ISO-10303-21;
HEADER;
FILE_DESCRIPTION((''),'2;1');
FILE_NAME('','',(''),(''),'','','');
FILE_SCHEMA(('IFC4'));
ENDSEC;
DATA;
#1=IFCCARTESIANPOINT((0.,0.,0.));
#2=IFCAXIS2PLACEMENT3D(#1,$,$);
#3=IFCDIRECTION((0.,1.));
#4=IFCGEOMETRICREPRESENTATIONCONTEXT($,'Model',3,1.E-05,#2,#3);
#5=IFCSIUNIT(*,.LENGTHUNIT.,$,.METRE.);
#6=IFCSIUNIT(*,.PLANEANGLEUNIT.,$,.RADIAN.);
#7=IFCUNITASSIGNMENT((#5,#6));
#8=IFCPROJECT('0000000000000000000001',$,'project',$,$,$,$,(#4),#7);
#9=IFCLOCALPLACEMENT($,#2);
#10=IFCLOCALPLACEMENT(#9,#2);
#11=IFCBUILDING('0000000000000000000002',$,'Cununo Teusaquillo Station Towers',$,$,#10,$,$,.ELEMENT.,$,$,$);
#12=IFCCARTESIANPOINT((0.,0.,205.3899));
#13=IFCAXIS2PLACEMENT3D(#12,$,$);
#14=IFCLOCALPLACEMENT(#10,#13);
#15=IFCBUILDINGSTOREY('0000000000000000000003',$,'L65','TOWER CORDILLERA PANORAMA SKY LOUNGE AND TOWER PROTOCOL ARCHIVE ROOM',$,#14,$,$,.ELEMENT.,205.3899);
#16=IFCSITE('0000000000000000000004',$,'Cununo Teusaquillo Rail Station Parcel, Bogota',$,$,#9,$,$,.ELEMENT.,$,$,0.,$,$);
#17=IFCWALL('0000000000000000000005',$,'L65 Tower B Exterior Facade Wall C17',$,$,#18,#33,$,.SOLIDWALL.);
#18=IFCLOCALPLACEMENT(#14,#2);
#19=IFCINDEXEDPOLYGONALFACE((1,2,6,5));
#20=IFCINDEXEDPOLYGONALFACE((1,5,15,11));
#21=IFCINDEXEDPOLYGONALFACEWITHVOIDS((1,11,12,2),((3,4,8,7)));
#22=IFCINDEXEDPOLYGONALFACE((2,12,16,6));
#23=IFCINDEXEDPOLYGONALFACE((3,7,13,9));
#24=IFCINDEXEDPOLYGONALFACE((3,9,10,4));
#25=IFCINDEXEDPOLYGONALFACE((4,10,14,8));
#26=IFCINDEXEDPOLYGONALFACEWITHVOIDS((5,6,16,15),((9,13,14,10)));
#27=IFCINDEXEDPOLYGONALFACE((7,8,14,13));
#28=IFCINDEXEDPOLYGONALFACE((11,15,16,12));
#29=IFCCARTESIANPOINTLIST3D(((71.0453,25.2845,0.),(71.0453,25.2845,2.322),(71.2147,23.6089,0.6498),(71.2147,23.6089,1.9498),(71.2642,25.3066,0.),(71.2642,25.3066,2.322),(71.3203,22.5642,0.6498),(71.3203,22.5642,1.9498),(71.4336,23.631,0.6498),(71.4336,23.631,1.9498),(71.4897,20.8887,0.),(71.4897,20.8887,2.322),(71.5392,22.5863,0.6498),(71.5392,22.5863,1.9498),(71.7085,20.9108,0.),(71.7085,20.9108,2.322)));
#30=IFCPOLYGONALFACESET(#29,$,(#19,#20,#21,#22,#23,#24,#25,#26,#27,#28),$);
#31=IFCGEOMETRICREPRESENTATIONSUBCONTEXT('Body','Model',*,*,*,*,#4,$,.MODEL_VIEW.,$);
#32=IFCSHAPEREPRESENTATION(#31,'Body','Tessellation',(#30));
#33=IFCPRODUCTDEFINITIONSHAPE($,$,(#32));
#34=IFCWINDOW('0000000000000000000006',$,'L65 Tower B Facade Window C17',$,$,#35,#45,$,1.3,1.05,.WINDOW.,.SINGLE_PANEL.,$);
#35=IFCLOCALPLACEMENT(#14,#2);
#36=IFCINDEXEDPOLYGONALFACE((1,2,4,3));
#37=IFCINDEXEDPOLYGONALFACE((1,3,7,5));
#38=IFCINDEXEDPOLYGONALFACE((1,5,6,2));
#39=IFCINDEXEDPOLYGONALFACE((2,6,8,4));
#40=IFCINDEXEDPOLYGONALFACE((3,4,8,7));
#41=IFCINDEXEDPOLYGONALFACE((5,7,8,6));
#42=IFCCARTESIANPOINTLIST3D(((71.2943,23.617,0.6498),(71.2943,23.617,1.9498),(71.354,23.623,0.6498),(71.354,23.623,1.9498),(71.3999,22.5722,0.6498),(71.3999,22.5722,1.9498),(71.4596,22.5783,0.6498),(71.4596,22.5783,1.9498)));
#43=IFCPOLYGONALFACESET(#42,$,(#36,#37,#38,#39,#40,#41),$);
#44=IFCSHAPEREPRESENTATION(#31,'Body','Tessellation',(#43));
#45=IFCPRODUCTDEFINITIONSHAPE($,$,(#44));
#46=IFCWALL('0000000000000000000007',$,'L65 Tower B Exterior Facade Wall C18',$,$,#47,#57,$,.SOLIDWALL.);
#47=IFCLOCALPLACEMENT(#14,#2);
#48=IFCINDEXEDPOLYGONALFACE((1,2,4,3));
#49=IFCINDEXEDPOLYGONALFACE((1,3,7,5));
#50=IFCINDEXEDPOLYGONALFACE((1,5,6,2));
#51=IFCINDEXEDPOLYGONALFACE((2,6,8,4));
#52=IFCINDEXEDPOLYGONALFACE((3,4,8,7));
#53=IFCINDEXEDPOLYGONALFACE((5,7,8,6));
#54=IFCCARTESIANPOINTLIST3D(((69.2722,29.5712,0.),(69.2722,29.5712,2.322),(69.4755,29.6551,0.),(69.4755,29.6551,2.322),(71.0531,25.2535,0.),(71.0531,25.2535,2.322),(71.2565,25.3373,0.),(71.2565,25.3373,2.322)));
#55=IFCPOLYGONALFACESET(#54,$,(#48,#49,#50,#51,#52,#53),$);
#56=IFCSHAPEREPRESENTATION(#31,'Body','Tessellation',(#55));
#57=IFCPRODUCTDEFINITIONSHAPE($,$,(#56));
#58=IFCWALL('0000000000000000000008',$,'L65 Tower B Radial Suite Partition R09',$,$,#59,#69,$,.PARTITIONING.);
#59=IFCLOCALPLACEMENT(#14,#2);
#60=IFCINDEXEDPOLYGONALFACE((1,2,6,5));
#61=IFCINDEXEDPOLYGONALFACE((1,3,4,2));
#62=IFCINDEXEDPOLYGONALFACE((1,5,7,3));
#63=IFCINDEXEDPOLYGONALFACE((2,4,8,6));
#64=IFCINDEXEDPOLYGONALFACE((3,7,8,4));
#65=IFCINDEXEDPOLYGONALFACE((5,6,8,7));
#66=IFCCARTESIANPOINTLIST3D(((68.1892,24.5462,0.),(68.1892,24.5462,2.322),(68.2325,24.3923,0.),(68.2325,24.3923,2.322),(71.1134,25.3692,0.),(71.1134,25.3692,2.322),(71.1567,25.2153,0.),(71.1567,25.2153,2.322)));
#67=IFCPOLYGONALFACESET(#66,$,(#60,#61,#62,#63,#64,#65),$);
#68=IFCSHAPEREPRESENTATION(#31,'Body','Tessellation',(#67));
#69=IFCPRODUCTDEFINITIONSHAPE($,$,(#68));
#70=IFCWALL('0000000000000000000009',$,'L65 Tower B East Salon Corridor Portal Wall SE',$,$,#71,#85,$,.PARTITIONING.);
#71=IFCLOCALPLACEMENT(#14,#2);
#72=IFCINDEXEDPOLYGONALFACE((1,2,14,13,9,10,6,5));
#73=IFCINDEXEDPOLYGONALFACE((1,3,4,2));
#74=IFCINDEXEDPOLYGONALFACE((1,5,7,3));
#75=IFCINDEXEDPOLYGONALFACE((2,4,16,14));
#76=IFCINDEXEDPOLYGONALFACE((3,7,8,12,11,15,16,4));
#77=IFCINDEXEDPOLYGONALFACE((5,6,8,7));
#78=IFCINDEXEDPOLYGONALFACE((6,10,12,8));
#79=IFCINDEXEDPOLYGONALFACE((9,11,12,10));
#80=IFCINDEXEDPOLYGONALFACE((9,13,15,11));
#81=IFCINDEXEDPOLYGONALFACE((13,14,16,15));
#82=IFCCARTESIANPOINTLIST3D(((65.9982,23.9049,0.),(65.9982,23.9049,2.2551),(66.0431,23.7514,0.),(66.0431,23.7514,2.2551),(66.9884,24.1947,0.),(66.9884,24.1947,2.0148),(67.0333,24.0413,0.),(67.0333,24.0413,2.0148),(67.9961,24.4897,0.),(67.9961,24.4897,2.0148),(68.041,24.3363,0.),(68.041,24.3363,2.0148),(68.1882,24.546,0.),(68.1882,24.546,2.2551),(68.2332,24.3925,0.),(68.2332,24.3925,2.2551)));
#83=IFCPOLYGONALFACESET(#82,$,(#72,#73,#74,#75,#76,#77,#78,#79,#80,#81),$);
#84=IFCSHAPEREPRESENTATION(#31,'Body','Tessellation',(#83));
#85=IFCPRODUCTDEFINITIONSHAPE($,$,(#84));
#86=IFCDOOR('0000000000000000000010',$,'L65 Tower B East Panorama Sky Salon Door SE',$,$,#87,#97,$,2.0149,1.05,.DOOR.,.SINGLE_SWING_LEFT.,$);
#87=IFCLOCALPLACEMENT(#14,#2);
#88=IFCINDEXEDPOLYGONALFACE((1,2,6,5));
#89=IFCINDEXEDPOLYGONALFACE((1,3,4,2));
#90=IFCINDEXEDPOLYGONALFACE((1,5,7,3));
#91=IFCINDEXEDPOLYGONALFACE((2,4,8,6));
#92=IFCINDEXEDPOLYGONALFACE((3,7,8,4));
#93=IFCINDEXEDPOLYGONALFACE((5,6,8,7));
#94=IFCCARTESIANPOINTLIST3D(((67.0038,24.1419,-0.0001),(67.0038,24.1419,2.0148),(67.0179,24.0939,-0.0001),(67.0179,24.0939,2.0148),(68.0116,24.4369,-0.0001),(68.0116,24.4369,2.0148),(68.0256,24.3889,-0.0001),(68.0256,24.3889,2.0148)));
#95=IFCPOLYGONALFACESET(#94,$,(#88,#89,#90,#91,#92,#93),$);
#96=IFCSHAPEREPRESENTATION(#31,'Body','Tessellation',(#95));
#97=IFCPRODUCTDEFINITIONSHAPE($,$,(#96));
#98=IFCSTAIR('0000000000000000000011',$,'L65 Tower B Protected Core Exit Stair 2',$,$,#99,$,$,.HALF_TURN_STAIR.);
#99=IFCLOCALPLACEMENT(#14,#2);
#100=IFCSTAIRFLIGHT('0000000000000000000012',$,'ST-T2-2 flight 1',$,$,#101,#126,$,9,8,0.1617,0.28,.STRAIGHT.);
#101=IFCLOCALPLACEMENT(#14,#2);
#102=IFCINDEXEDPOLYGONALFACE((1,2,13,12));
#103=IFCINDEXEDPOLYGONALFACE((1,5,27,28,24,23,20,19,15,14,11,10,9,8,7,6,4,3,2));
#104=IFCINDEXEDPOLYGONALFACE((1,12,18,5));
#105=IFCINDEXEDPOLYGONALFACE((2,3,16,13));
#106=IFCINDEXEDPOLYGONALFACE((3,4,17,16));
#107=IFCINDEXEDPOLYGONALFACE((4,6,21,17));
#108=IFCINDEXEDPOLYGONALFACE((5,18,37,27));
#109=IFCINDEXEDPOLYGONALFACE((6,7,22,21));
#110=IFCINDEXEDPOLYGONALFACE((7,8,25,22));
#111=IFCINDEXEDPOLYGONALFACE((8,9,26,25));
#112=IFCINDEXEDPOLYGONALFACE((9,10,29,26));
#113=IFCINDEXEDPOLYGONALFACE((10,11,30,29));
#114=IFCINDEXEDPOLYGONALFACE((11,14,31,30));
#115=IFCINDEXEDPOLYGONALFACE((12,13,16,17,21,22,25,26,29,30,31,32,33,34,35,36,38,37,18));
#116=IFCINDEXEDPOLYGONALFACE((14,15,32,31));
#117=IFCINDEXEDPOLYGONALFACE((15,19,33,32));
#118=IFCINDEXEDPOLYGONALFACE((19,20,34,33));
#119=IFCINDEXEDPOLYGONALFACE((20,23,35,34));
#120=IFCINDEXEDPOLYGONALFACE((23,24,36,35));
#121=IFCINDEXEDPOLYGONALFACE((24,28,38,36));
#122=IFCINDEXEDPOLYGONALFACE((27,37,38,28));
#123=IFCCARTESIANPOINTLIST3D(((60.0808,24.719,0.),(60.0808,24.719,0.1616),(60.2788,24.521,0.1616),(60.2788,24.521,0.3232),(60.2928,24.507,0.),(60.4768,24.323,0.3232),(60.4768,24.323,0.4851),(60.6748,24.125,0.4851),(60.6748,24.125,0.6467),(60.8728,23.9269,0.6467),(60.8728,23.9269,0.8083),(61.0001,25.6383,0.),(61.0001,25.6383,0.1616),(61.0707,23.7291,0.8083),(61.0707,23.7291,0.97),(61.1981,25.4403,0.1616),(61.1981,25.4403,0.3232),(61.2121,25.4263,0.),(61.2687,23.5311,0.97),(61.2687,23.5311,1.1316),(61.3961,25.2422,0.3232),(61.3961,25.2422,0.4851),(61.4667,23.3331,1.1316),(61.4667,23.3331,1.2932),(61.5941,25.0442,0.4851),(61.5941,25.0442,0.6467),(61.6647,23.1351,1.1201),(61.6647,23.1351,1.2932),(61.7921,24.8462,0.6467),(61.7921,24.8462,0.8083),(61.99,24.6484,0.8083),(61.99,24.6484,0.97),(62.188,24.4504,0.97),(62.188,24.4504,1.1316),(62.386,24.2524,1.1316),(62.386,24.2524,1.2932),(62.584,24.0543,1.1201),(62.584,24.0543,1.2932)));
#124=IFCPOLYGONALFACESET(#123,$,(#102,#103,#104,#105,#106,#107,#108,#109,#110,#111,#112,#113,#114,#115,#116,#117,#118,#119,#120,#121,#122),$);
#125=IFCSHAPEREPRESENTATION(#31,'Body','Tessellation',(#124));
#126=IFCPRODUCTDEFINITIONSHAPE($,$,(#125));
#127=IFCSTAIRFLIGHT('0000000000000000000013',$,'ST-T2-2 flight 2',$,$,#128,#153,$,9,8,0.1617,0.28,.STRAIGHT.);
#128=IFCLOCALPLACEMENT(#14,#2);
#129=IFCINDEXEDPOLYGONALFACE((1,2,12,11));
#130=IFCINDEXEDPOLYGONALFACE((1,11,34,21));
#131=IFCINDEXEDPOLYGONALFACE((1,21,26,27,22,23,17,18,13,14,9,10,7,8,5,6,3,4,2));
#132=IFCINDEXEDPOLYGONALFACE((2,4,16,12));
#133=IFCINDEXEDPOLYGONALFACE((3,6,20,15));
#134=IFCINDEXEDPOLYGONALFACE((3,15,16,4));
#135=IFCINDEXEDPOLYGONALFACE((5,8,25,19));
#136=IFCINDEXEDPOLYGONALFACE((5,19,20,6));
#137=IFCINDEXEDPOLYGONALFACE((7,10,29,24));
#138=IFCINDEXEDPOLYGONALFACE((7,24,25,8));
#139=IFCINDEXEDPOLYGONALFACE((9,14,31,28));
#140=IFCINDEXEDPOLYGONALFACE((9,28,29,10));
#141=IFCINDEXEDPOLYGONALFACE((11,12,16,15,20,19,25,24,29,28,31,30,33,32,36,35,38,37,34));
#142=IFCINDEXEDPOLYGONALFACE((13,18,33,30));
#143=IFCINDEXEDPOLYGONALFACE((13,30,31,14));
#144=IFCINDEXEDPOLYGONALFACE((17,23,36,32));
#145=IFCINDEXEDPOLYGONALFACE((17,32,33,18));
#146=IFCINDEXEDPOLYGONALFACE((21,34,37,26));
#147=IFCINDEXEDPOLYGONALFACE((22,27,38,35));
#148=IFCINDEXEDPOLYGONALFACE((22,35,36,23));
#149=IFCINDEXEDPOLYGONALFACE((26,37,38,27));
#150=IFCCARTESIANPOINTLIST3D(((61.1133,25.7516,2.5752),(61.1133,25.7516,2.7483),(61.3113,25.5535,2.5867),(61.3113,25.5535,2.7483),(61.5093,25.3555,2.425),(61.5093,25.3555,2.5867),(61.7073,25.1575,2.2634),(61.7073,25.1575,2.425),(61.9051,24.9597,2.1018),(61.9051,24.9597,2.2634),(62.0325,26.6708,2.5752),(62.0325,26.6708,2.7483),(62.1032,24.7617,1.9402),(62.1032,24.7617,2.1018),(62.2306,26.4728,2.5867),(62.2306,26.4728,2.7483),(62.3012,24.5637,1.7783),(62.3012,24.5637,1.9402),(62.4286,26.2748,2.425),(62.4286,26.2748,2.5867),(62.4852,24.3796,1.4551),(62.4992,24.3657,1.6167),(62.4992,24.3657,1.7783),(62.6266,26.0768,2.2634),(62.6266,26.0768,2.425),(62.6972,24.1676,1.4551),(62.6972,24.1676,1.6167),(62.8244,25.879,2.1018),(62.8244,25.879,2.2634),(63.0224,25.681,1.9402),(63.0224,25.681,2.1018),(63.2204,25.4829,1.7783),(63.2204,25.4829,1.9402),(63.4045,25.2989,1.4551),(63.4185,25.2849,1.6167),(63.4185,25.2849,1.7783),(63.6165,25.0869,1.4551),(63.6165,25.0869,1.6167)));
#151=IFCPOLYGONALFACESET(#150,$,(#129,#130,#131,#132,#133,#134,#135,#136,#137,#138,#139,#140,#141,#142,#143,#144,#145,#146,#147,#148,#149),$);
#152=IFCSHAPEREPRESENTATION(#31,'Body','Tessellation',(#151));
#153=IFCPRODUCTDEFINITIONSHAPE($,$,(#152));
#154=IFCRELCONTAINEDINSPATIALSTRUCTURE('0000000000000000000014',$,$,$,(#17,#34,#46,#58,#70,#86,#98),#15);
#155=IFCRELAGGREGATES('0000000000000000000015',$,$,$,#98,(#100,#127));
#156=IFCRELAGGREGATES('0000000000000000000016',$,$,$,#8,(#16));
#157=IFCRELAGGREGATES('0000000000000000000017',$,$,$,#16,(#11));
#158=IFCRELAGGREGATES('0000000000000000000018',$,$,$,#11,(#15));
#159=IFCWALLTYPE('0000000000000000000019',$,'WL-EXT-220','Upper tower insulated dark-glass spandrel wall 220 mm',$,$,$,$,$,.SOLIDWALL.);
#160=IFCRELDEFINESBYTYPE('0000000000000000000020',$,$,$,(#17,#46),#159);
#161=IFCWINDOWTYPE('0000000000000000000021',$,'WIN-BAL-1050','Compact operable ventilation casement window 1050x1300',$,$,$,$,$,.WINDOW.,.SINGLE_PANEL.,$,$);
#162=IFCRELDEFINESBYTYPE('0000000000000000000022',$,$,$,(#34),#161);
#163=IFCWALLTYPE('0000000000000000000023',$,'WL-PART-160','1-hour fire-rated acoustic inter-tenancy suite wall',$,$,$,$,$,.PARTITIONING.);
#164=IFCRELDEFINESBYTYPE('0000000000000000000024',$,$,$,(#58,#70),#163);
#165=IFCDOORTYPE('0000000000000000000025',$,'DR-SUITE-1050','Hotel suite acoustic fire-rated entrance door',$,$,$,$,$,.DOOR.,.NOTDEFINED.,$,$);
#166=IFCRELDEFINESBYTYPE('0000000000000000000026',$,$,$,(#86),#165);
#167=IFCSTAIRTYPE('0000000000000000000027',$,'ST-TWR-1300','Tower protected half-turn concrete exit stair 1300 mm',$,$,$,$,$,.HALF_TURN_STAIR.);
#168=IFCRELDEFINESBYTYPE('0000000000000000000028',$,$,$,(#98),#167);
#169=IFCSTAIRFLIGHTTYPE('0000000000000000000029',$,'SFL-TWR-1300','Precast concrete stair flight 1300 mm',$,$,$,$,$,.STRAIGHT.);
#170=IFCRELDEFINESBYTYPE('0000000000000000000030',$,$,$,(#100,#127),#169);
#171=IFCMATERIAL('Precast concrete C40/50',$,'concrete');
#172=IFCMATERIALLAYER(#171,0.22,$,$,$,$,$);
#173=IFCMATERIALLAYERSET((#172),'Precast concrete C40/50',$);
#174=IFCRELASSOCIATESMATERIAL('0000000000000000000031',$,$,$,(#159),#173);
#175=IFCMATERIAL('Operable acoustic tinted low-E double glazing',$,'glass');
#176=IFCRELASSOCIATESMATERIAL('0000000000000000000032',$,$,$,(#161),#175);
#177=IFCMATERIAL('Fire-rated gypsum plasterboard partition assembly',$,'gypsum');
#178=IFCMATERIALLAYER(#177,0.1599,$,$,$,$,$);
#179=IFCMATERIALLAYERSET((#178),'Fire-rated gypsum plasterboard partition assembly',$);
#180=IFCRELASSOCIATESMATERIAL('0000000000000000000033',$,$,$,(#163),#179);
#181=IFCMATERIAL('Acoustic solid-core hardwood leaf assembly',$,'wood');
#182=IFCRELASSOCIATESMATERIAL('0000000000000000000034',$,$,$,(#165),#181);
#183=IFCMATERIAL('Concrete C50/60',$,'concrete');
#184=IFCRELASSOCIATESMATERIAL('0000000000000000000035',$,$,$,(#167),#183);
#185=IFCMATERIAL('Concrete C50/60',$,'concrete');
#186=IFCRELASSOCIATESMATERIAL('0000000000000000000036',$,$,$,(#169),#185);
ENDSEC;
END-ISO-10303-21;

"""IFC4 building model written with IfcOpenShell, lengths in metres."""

from ifc_helpers import new_model, si_unit, direction, frame, frame_2d, origin, place, context, subcontext, project, spatial, polyline, rectangle, outline, extrude, source, transform, mapped, material, layer, layer_set, type_object, element, fill, aggregate, save


model = new_model("IFC4")

# Units and contexts
model_context = context("Model", 3, precision=1e-05, world=origin(), true_north=direction((0.0, 1.0)))
body_context = subcontext(model_context, "Body", "Model", "MODEL_VIEW")
ifc_project = project(units=[si_unit("LENGTHUNIT", "METRE"), si_unit("PLANEANGLEUNIT", "RADIAN")], contexts=[model_context])

# Site, building, storey
site_placement = place(None, origin())
site = spatial("IfcSite", under=ifc_project, at=site_placement, Name="Cununo Teusaquillo Rail Station Parcel, Bogota", CompositionType="ELEMENT", RefElevation=0.0)
building_placement = place(site_placement, origin())
building = spatial("IfcBuilding", under=site, at=building_placement, Name="Cununo Teusaquillo Station Towers", CompositionType="ELEMENT")
storey_placement = place(building_placement, frame((0.0, 0.0, 205.3899)))
storey = spatial("IfcBuildingStorey", under=building, at=storey_placement, Name="L65", Description="TOWER CORDILLERA PANORAMA SKY LOUNGE AND TOWER PROTOCOL ARCHIVE ROOM", CompositionType="ELEMENT", Elevation=205.3899)

# Wall, opening, window
ifc_material_1 = material(Name="Precast concrete C40/50", Category="concrete")
ifc_layer_1 = layer(ifc_material_1, 0.22)
ifc_layer_set_1 = layer_set([ifc_layer_1], Name="Precast concrete C40/50")
wall_type_1 = type_object("IfcWallType", Name="WL-EXT-220", Description="Upper tower insulated dark-glass spandrel wall 220 mm", PredefinedType="SOLIDWALL", material=ifc_layer_set_1)
wall_1_placement = place(storey_placement, frame((71.1548, 25.2954, 0.0), z_axis=(0.0, 0.0, 1.0), x_axis=(0.100571, -0.99493, 0.0)))
wall_1 = element("IfcWall", 1, at=wall_1_placement, inside=storey, type_object=wall_type_1, Name="L65 Tower B Exterior Facade Wall C17", PredefinedType="SOLIDWALL", context=body_context, shape_type="SweptSolid", body=[
    extrude(rectangle(XDim=4.4182, YDim=0.22, at=frame_2d((2.209, 0.0))), origin(), (0.0, 0.0, 1.0), 2.322),
])
shared_shape_1 = source(origin(), body_context, "Body", "SweptSolid", [
    extrude(rectangle(XDim=1.05, YDim=1.3, at=frame_2d((0.5249, 0.6499))), frame((0.0, 0.1199, 0.0), z_axis=(0.0, -1.0, 0.0), x_axis=(1.0, 0.0, 0.0)), (0.0, 0.0, 1.0), 0.24),
])
opening_1_placement = place(wall_1_placement, frame((1.6841, 0.0, 0.6499)))
opening_1 = element("IfcOpeningElement", 2, at=opening_1_placement, cuts=wall_1, PredefinedType="OPENING", context=body_context, shape_type="MappedRepresentation", body=[
    mapped(shared_shape_1, transform((0.0, 0.0, 0.0), x_axis=(1.0, 0.0, 0.0), y_axis=(0.0, 1.0, 0.0), z_axis=(0.0, 0.0, 1.0), scale=1.0)),
])
ifc_material_2 = material(Name="Operable acoustic tinted low-E double glazing", Category="glass")
window_type = type_object("IfcWindowType", Name="WIN-BAL-1050", Description="Compact operable ventilation casement window 1050x1300", PartitioningType="SINGLE_PANEL", PredefinedType="WINDOW", material=ifc_material_2)
shared_shape_2 = source(origin(), body_context, "Body", "SweptSolid", [
    extrude(rectangle(XDim=1.05, YDim=1.3, at=frame_2d((0.5249, 0.6499))), frame((0.0, 0.03, 0.0), z_axis=(0.0, -1.0, 0.0), x_axis=(1.0, 0.0, 0.0)), (0.0, 0.0, 1.0), 0.0601),
])
window_placement = place(opening_1_placement, origin())
window = element("IfcWindow", 3, at=window_placement, inside=storey, type_object=window_type, Name="L65 Tower B Facade Window C17", OverallHeight=1.3, OverallWidth=1.05, PartitioningType="SINGLE_PANEL", PredefinedType="WINDOW", context=body_context, shape_type="MappedRepresentation", body=[
    mapped(shared_shape_2, transform((0.0, 0.0, 0.0), x_axis=(1.0, 0.0, 0.0), y_axis=(0.0, 1.0, 0.0), z_axis=(0.0, 0.0, 1.0), scale=1.0)),
])
fill(opening_1, window)

# Walls
wall_2_placement = place(storey_placement, frame((69.3738, 29.6133, 0.0), z_axis=(0.0, 0.0, 1.0), x_axis=(0.38131, -0.924447, 0.0)))
element("IfcWall", 4, at=wall_2_placement, inside=storey, type_object=wall_type_1, Name="L65 Tower B Exterior Facade Wall C18", PredefinedType="SOLIDWALL", context=body_context, shape_type="SweptSolid", body=[
    extrude(rectangle(XDim=4.6707, YDim=0.22, at=frame_2d((2.3354, 0.0))), origin(), (0.0, 0.0, 1.0), 2.322),
])
ifc_material_3 = material(Name="Fire-rated gypsum plasterboard partition assembly", Category="gypsum")
ifc_layer_2 = layer(ifc_material_3, 0.1599)
ifc_layer_set_2 = layer_set([ifc_layer_2], Name="Fire-rated gypsum plasterboard partition assembly")
wall_type_2 = type_object("IfcWallType", Name="WL-PART-160", Description="1-hour fire-rated acoustic inter-tenancy suite wall", PredefinedType="PARTITIONING", material=ifc_layer_set_2)
wall_3_placement = place(storey_placement, frame((68.2107, 24.4692, 0.0), z_axis=(0.0, 0.0, 1.0), x_axis=(0.962605, 0.270908, 0.0)))
element("IfcWall", 5, at=wall_3_placement, inside=storey, type_object=wall_type_2, Name="L65 Tower B Radial Suite Partition R09", PredefinedType="PARTITIONING", context=body_context, shape_type="SweptSolid", body=[
    extrude(rectangle(XDim=3.0378, YDim=0.1599, at=frame_2d((1.519, 0.0))), origin(), (0.0, 0.0, 1.0), 2.322),
])

# Wall, opening, door
wall_4_placement = place(storey_placement, frame((66.0205, 23.8281, 0.0), z_axis=(0.0, 0.0, 1.0), x_axis=(0.959728, 0.280932, 0.0)))
wall_4 = element("IfcWall", 6, at=wall_4_placement, inside=storey, type_object=wall_type_2, Name="L65 Tower B East Salon Corridor Portal Wall SE", PredefinedType="PARTITIONING", context=body_context, shape_type="SweptSolid", body=[
    extrude(rectangle(XDim=2.282, YDim=0.1599, at=frame_2d((1.1411, 0.0))), origin(), (0.0, 0.0, 1.0), 2.2551),
])
shared_shape_3 = source(origin(), body_context, "Body", "SweptSolid", [
    extrude(rectangle(XDim=1.05, YDim=2.0149, at=frame_2d((0.5249, 1.0073))), frame((0.0, 0.0898, 0.0), z_axis=(0.0, -1.0, 0.0), x_axis=(1.0, 0.0, 0.0)), (0.0, 0.0, 1.0), 0.1799),
])
opening_2_placement = place(wall_4_placement, frame((1.032, 0.0, 0.0)))
opening_2 = element("IfcOpeningElement", 7, at=opening_2_placement, cuts=wall_4, PredefinedType="OPENING", context=body_context, shape_type="MappedRepresentation", body=[
    mapped(shared_shape_3, transform((0.0, 0.0, 0.0), x_axis=(1.0, 0.0, 0.0), y_axis=(0.0, 1.0, 0.0), z_axis=(0.0, 0.0, 1.0), scale=1.0)),
])
ifc_material_4 = material(Name="Acoustic solid-core hardwood leaf assembly", Category="wood")
door_type = type_object("IfcDoorType", Name="DR-SUITE-1050", Description="Hotel suite acoustic fire-rated entrance door", OperationType="NOTDEFINED", PredefinedType="DOOR", material=ifc_material_4)
shared_shape_4 = source(origin(), body_context, "Body", "SweptSolid", [
    extrude(rectangle(XDim=1.05, YDim=2.0149, at=frame_2d((0.5249, 1.0073))), frame((0.0, 0.0249, 0.0), z_axis=(0.0, -1.0, 0.0), x_axis=(1.0, 0.0, 0.0)), (0.0, 0.0, 1.0), 0.05),
])
door_placement = place(opening_2_placement, origin())
door = element("IfcDoor", 8, at=door_placement, inside=storey, type_object=door_type, Name="L65 Tower B East Panorama Sky Salon Door SE", OperationType="SINGLE_SWING_LEFT", OverallHeight=2.0149, OverallWidth=1.05, PredefinedType="DOOR", context=body_context, shape_type="MappedRepresentation", body=[
    mapped(shared_shape_4, transform((0.0, 0.0, 0.0), x_axis=(1.0, 0.0, 0.0), y_axis=(0.0, 1.0, 0.0), z_axis=(0.0, 0.0, 1.0), scale=1.0)),
])
fill(opening_2, door)

# Stair, stair flights
ifc_material_5 = material(Name="Concrete C50/60", Category="concrete")
stair_type = type_object("IfcStairType", Name="ST-TWR-1300", Description="Tower protected half-turn concrete exit stair 1300 mm", PredefinedType="HALF_TURN_STAIR", material=ifc_material_5)
stair_placement = place(storey_placement, origin())
stair = element("IfcStair", 9, at=stair_placement, inside=storey, type_object=stair_type, Name="L65 Tower B Protected Core Exit Stair 2", PredefinedType="HALF_TURN_STAIR")
ifc_material_6 = material(Name="Concrete C50/60", Category="concrete")
stair_flight_type = type_object("IfcStairFlightType", Name="SFL-TWR-1300", Description="Precast concrete stair flight 1300 mm", PredefinedType="STRAIGHT", material=ifc_material_6)
stair_flight_1_placement = place(storey_placement, frame((60.5405, 25.1787, 0.0), z_axis=(0.0, 0.0, 1.0), x_axis=(0.707107, -0.707107, 0.0)))
stair_flight_1 = element("IfcStairFlight", 10, at=stair_flight_1_placement, type_object=stair_flight_type, Name="ST-T2-2 flight 1", NumberOfRisers=9, NumberOfTreads=8, PredefinedType="STRAIGHT", RiserHeight=0.1617, TreadLength=0.28, context=body_context, shape_type="SweptSolid", body=[
    extrude(outline(polyline([(0.0, 0.0), (0.0, 0.1616), (0.28, 0.1616), (0.28, 0.3232), (0.5601, 0.3232), (0.5601, 0.4851), (0.8401, 0.4851), (0.8401, 0.6467), (1.1201, 0.6467), (1.1201, 0.8083), (1.3999, 0.8083), (1.3999, 0.97), (1.6799, 0.97), (1.6799, 1.1316), (1.96, 1.1316), (1.96, 1.2932), (2.24, 1.2932), (2.24, 1.4551), (2.24, 1.1201), (0.2998, 0.0), (0.0, 0.0)])), frame((0.0, 0.6499, 0.0), z_axis=(0.0, -1.0, 0.0), x_axis=(1.0, 0.0, 0.0)), (0.0, 0.0, 1.0), 1.3),
])
stair_flight_2_placement = place(storey_placement, frame((63.1567, 24.6272, 1.4551), z_axis=(0.0, 0.0, 1.0), x_axis=(-0.707107, 0.707107, 0.0)))
stair_flight_2 = element("IfcStairFlight", 11, at=stair_flight_2_placement, type_object=stair_flight_type, Name="ST-T2-2 flight 2", NumberOfRisers=9, NumberOfTreads=8, PredefinedType="STRAIGHT", RiserHeight=0.1617, TreadLength=0.28, context=body_context, shape_type="SweptSolid", body=[
    extrude(outline(polyline([(0.0, 0.0), (0.0, 0.1616), (0.28, 0.1616), (0.28, 0.3232), (0.5601, 0.3232), (0.5601, 0.4851), (0.8401, 0.4851), (0.8401, 0.6467), (1.1201, 0.6467), (1.1201, 0.8083), (1.3999, 0.8083), (1.3999, 0.97), (1.6799, 0.97), (1.6799, 1.1316), (1.96, 1.1316), (1.96, 1.2932), (2.24, 1.2932), (2.24, 1.4551), (2.24, 1.1201), (0.2998, 0.0), (0.0, 0.0)])), frame((0.0, 0.6499, 0.0), z_axis=(0.0, -1.0, 0.0), x_axis=(1.0, 0.0, 0.0)), (0.0, 0.0, 1.0), 1.3),
])
aggregate(stair, [stair_flight_1, stair_flight_2])

save(model, "model.ifc")
